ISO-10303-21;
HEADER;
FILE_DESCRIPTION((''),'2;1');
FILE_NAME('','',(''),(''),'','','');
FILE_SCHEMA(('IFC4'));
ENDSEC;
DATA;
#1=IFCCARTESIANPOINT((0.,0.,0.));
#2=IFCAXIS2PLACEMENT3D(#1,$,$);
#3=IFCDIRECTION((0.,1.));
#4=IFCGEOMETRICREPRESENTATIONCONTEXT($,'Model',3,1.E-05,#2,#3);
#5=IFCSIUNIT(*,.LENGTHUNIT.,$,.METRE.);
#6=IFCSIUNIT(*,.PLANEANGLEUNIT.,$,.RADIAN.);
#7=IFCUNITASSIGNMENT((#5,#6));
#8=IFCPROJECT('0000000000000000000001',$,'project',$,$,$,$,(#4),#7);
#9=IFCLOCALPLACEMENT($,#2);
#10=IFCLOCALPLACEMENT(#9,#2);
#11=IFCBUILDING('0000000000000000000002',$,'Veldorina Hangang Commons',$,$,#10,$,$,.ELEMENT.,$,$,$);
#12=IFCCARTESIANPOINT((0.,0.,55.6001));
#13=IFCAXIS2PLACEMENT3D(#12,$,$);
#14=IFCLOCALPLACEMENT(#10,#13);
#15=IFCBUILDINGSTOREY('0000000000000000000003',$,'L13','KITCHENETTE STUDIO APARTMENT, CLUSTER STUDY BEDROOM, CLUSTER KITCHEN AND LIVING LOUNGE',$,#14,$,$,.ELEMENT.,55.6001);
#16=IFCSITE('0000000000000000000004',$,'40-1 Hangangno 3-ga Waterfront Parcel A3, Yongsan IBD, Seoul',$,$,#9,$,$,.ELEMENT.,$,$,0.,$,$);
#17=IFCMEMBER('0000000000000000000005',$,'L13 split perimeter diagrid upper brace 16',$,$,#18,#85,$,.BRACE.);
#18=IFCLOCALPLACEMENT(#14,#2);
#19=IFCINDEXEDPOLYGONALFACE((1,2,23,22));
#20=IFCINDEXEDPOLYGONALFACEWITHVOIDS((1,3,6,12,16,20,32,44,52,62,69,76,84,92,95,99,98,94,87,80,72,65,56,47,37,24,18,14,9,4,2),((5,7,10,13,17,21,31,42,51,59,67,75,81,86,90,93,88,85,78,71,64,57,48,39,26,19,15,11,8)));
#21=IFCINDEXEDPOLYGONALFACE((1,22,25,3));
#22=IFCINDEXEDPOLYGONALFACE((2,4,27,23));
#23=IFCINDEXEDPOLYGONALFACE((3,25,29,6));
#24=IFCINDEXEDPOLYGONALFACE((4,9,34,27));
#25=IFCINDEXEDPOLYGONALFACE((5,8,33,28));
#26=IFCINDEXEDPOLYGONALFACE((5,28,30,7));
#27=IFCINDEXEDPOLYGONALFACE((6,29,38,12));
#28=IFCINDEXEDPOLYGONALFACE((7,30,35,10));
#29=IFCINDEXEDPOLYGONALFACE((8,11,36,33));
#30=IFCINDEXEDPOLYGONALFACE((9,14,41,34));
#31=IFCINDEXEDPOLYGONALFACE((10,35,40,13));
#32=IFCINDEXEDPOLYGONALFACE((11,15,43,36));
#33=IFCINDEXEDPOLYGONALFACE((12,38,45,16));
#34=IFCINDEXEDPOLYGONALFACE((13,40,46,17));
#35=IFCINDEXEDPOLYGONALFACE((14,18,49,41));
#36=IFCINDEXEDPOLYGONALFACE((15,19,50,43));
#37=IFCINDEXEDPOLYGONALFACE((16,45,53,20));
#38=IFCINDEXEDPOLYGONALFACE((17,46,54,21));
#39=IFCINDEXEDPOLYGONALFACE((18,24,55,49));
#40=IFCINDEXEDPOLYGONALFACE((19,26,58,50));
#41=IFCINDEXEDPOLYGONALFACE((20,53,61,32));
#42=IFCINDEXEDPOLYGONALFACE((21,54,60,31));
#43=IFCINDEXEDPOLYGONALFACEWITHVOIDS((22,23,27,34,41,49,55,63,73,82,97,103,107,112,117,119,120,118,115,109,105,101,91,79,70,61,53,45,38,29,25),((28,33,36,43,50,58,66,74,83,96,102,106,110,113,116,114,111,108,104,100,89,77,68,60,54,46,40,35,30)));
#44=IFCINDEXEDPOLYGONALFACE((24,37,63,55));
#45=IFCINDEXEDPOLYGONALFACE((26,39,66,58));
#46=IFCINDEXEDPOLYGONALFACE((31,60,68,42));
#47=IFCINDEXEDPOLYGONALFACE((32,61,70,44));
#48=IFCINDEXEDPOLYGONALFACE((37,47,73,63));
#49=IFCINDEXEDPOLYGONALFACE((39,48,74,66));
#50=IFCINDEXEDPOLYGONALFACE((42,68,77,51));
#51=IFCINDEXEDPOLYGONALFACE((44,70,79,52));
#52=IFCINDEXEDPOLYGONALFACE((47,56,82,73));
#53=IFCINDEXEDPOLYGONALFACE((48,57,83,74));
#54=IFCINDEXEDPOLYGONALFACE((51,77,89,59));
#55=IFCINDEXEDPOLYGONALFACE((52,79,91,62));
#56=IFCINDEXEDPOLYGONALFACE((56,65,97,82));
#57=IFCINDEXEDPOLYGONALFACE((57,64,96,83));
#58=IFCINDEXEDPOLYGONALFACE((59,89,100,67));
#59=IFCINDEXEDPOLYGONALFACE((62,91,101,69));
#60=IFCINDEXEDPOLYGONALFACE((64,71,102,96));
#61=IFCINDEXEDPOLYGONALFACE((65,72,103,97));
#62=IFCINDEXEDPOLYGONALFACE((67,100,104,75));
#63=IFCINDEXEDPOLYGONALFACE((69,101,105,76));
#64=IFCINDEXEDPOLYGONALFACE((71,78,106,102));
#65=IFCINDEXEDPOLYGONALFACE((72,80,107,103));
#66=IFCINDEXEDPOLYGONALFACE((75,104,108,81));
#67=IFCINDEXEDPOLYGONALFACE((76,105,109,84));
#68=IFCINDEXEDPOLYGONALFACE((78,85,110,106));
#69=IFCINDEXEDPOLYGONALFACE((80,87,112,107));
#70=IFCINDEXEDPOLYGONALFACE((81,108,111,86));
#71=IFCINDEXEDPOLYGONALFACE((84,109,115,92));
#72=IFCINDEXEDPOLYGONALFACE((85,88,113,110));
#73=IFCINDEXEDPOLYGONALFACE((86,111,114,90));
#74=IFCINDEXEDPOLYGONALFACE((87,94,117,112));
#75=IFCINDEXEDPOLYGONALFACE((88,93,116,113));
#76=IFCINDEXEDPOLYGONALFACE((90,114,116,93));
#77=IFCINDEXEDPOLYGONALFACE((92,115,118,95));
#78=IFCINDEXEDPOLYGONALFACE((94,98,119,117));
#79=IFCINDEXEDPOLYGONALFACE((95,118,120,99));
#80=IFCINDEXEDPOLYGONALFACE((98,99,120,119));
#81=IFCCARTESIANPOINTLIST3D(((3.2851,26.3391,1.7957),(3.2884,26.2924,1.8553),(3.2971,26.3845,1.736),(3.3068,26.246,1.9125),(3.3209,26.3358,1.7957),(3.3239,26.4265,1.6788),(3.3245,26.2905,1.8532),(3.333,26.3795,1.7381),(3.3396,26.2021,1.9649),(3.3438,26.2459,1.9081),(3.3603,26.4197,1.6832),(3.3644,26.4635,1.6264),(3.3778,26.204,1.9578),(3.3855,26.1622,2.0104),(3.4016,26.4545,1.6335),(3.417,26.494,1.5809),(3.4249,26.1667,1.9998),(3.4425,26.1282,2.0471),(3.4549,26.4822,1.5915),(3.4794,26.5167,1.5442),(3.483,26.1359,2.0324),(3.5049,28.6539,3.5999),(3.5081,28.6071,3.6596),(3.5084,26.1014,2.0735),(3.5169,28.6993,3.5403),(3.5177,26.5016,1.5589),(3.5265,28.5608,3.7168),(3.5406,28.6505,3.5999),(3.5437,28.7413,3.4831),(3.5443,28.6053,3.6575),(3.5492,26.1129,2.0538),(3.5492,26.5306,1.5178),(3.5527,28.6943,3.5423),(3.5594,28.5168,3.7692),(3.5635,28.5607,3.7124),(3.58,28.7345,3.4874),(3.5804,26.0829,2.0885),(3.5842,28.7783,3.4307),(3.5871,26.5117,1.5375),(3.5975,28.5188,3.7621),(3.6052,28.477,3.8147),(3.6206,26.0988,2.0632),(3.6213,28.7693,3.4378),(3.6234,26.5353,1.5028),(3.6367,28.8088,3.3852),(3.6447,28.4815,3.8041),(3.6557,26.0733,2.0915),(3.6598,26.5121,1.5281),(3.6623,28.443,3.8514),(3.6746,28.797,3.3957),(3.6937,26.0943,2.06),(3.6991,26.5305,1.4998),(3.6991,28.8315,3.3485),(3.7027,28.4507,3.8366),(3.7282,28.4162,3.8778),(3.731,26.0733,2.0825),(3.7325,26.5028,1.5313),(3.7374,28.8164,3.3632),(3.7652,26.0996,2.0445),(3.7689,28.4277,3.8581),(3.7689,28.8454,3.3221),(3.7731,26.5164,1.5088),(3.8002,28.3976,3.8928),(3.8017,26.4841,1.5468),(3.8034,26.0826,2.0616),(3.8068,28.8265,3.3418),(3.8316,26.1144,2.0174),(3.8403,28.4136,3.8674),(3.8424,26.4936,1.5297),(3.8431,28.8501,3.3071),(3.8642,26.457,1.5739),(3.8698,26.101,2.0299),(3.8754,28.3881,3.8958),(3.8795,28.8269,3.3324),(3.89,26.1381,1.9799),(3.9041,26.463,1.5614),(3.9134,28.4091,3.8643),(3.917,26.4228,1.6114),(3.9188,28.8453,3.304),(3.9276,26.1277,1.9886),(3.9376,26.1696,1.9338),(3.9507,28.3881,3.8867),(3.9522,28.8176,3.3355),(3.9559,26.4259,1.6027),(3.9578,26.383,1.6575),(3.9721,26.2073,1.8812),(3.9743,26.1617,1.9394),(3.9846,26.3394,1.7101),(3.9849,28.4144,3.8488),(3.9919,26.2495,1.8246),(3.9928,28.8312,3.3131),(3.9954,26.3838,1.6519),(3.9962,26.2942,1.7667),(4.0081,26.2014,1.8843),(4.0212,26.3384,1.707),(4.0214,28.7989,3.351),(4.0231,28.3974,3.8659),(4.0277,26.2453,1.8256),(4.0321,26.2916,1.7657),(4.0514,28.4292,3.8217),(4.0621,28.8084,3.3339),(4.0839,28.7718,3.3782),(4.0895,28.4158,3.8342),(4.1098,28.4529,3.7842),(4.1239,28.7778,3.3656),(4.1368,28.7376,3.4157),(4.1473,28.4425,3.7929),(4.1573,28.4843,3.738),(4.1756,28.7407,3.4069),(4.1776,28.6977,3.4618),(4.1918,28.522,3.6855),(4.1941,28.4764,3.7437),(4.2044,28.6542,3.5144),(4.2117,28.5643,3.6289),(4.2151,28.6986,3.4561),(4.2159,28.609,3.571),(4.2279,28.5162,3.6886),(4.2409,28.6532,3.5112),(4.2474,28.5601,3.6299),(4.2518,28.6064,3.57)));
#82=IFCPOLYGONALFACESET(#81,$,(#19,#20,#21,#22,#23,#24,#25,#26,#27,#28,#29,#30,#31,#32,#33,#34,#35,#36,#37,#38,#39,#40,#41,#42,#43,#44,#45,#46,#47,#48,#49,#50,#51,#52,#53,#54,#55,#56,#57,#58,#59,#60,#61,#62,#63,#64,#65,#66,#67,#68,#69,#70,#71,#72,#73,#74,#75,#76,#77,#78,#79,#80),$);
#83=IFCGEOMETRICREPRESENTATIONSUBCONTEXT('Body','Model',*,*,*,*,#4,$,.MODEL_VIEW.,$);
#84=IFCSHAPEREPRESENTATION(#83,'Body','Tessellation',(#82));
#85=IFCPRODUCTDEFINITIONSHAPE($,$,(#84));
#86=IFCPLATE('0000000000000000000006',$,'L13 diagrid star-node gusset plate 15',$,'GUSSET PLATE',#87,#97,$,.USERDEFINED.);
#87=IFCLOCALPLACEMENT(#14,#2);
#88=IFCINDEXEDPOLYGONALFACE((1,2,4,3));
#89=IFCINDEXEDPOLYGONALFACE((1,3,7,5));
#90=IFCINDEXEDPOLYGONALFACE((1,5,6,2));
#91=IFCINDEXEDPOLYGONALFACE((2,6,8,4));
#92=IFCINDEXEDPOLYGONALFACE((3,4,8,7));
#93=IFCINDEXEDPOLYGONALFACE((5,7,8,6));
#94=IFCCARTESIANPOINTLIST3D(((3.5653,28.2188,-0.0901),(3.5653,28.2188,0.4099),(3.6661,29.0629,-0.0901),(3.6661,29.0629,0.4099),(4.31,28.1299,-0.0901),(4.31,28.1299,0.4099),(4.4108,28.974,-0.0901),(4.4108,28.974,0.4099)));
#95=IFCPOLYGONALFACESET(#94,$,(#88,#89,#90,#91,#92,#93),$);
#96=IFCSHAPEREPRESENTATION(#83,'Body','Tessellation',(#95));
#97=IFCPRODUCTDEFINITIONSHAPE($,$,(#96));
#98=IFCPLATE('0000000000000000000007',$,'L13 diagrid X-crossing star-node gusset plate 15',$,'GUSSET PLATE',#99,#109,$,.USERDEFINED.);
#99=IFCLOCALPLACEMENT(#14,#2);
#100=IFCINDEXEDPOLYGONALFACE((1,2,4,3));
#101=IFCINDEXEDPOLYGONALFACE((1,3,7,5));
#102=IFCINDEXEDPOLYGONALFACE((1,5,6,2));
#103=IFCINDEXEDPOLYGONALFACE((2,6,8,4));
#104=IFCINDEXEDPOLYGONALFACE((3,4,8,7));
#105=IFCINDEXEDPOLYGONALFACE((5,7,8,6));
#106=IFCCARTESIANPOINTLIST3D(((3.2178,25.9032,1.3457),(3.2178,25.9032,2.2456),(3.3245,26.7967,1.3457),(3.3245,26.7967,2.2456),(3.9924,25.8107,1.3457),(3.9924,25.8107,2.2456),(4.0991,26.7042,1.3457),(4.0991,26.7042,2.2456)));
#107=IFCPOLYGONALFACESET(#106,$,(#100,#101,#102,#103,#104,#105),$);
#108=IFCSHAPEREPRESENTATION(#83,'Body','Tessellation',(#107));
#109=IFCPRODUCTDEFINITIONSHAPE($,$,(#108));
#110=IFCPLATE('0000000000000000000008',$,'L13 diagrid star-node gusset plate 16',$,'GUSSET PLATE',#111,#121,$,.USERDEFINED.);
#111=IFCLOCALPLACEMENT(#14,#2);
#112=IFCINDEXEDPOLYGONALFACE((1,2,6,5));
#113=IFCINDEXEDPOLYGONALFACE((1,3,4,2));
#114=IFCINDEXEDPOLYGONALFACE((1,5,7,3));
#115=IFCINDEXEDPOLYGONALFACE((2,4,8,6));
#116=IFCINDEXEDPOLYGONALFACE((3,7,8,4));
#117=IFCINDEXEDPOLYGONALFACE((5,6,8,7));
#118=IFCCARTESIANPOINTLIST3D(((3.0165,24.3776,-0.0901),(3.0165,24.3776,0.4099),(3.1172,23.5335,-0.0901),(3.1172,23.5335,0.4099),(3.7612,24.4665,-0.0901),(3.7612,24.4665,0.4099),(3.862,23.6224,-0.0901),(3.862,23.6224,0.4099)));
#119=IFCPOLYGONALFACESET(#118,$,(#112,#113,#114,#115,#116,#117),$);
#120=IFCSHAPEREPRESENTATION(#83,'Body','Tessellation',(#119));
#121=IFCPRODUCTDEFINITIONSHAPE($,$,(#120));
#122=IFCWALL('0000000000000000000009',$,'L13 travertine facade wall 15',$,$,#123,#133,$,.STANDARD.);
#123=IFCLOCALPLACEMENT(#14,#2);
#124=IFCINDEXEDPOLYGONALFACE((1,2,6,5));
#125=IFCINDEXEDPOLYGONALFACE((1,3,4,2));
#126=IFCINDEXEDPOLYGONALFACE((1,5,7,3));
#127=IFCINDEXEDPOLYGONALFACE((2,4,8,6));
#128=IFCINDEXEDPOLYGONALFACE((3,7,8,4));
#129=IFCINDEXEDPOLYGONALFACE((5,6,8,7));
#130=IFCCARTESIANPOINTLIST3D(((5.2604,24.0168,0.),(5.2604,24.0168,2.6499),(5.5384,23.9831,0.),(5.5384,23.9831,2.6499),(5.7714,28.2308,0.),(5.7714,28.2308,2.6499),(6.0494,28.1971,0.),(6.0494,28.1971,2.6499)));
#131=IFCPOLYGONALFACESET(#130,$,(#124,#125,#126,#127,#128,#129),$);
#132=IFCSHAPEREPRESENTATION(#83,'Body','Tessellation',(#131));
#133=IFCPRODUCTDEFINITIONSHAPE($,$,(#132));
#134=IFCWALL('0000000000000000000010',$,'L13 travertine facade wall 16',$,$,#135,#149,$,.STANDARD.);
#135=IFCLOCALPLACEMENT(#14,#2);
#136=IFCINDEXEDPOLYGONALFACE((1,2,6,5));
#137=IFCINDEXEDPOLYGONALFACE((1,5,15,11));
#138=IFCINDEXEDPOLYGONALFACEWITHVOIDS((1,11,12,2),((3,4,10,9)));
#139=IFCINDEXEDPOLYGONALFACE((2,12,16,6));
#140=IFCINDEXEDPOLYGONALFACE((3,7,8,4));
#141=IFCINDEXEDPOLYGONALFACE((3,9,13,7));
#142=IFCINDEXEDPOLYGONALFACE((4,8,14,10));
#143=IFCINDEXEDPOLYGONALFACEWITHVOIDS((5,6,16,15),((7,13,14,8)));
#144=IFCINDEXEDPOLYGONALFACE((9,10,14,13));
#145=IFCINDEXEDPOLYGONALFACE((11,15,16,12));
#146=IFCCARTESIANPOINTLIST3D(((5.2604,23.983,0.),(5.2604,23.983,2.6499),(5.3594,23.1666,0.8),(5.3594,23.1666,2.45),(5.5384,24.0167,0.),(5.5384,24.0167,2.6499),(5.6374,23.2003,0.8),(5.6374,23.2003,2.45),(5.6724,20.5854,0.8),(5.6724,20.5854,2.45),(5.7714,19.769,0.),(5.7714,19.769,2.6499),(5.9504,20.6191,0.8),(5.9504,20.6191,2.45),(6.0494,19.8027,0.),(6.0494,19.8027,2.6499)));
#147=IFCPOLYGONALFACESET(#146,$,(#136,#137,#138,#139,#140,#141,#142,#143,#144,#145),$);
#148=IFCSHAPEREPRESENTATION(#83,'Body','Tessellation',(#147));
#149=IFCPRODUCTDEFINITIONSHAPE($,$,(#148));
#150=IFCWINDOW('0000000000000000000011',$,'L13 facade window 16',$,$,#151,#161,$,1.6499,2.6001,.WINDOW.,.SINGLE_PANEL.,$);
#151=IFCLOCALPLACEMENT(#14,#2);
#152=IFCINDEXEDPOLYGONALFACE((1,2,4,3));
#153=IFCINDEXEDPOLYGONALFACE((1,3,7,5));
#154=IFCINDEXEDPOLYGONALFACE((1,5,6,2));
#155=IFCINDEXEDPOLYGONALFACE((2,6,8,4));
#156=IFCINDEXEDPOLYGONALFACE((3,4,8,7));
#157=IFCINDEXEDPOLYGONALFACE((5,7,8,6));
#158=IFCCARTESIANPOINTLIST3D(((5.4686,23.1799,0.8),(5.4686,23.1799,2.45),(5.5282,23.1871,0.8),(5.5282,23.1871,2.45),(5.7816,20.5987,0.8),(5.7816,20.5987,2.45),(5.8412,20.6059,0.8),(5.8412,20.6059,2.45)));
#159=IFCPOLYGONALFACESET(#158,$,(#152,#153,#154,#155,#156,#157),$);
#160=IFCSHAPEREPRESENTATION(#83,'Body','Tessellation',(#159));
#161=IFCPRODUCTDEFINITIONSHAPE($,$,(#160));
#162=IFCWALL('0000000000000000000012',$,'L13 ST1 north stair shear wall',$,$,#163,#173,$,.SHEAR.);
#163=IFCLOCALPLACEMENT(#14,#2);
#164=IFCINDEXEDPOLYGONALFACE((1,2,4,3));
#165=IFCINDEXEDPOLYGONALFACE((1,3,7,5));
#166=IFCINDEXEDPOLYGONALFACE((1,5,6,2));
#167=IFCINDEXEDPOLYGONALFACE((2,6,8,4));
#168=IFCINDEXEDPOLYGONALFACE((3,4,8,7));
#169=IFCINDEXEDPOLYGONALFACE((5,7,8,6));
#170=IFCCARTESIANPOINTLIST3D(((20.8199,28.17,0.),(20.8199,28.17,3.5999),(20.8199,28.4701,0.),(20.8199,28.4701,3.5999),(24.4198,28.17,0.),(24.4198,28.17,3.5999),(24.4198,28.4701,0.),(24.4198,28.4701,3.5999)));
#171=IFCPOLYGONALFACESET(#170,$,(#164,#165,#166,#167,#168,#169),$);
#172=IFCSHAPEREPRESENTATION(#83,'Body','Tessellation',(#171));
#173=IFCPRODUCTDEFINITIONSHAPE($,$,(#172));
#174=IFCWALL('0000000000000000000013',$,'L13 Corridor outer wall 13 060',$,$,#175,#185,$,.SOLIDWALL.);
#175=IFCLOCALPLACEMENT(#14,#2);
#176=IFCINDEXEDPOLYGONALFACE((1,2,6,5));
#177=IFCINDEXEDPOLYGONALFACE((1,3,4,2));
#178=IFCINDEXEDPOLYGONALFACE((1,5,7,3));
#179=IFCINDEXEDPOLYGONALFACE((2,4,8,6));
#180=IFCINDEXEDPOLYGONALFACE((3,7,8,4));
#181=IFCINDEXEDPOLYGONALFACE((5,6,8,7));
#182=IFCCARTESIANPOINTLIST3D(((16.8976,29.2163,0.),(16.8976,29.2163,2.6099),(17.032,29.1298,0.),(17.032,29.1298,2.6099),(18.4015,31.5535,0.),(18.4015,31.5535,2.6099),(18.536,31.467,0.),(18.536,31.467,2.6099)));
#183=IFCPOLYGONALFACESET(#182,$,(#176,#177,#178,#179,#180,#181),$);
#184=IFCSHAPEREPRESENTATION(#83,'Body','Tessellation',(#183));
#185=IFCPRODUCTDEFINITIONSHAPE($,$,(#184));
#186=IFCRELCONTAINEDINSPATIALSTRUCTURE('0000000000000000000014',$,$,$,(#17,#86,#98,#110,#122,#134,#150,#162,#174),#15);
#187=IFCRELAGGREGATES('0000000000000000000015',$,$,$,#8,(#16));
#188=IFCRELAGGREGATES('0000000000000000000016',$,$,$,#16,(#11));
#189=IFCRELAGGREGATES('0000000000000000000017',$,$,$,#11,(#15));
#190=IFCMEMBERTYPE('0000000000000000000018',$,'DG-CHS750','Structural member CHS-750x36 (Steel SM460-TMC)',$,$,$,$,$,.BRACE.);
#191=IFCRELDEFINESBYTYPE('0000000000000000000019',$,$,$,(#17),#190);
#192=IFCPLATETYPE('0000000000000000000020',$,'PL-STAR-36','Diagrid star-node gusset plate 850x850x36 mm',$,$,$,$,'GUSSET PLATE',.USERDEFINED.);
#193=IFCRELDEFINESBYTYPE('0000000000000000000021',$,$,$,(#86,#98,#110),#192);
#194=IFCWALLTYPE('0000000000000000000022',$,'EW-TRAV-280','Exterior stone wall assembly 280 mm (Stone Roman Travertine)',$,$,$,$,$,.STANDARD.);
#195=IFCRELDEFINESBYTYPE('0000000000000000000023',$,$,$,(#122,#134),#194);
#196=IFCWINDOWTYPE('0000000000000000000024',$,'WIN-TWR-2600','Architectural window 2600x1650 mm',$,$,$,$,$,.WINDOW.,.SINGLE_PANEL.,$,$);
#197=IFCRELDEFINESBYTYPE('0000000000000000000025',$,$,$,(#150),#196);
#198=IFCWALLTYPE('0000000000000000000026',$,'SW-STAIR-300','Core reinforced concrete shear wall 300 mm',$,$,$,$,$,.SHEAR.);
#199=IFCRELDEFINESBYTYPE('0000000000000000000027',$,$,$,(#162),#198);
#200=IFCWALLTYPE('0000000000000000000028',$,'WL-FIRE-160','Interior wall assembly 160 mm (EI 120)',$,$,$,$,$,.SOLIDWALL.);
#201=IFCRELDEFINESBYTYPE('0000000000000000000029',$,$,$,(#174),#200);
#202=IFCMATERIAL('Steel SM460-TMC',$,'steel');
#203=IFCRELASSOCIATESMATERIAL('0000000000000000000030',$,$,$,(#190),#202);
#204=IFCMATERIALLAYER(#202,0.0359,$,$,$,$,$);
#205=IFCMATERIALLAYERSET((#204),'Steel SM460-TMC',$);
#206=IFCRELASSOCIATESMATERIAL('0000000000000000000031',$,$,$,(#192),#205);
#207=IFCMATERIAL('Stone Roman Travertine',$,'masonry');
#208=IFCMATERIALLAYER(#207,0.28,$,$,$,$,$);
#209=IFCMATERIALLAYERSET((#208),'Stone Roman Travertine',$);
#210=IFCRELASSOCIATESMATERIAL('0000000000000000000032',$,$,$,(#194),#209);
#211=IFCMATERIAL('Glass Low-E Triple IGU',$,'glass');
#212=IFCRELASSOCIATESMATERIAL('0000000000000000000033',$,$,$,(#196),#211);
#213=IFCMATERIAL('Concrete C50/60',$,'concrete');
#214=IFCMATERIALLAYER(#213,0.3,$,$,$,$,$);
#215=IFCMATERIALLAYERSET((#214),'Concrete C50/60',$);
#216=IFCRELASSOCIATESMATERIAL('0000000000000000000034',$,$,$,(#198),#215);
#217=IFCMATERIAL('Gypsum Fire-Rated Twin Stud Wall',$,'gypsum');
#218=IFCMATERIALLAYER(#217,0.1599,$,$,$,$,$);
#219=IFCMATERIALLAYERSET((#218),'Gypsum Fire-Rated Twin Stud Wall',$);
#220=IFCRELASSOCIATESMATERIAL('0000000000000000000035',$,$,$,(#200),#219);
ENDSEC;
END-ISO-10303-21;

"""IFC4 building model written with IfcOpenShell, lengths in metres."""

from ifc_helpers import new_model, si_unit, direction, frame, frame_2d, origin, origin_2d, place, context, subcontext, project, spatial, rectangle, hollow_circle, extrude, material, layer, layer_set, material_profile, profile_set, type_object, element, fill, save


model = new_model("IFC4")

# Units and contexts
model_context = context("Model", 3, precision=1e-05, world=origin(), true_north=direction((0.0, 1.0)))
body_context = subcontext(model_context, "Body", "Model", "MODEL_VIEW")
ifc_project = project(units=[si_unit("LENGTHUNIT", "METRE"), si_unit("PLANEANGLEUNIT", "RADIAN")], contexts=[model_context])

# Site, building, storey
site_placement = place(None, origin())
site = spatial("IfcSite", under=ifc_project, at=site_placement, Name="40-1 Hangangno 3-ga Waterfront Parcel A3, Yongsan IBD, Seoul", CompositionType="ELEMENT", RefElevation=0.0)
building_placement = place(site_placement, origin())
building = spatial("IfcBuilding", under=site, at=building_placement, Name="Veldorina Hangang Commons", CompositionType="ELEMENT")
storey_placement = place(building_placement, frame((0.0, 0.0, 55.6001)))
storey = spatial("IfcBuildingStorey", under=building, at=storey_placement, Name="L13", Description="KITCHENETTE STUDIO APARTMENT, CLUSTER STUDY BEDROOM, CLUSTER KITCHEN AND LIVING LOUNGE", CompositionType="ELEMENT", Elevation=55.6001)

# Shared definitions
ifc_material_1 = material(Name="Steel SM460-TMC", Category="steel")

# Member
ifc_material_profile_1 = material_profile(ifc_material_1, hollow_circle(Radius=0.375, WallThickness=0.0359, at=origin_2d()), Name="CHS-750x36")
ifc_profile_set_1 = profile_set([ifc_material_profile_1], Name="Steel SM460-TMC")
member_type = type_object("IfcMemberType", Name="DG-CHS750", Description="Structural member CHS-750x36 (Steel SM460-TMC)", PredefinedType="BRACE", material=ifc_profile_set_1)
member_1_placement = place(storey_placement, frame((3.6584, 26.3037, 1.7957), z_axis=(0.074661, 0.78651, 0.613048), x_axis=(-0.995525, 0.094502, 0.0)))
element("IfcMember", 1, at=member_1_placement, inside=storey, type_object=member_type, Name="L13 split perimeter diagrid upper brace 16", PredefinedType="BRACE", context=body_context, shape_type="SweptSolid", body=[
    extrude(hollow_circle(Radius=0.375, WallThickness=0.0359, at=origin_2d()), origin(), (0.0, 0.0, 1.0), 2.9431),
])

# Plates
ifc_layer_1 = layer(ifc_material_1, 0.0359)
ifc_layer_set_1 = layer_set([ifc_layer_1], Name="Steel SM460-TMC")
plate_type = type_object("IfcPlateType", Name="PL-STAR-36", Description="Diagrid star-node gusset plate 850x850x36 mm", ElementType="GUSSET PLATE", PredefinedType="USERDEFINED", material=ifc_layer_set_1)
plate_1_placement = place(storey_placement, frame((3.988, 28.5964, -0.0901), z_axis=(0.0, 0.0, 1.0), x_axis=(-0.11856, -0.992947, 0.0)))
element("IfcPlate", 2, at=plate_1_placement, inside=storey, type_object=plate_type, Name="L13 diagrid star-node gusset plate 15", ObjectType="GUSSET PLATE", PredefinedType="USERDEFINED", context=body_context, shape_type="SweptSolid", body=[
    extrude(rectangle(XDim=0.8501, YDim=0.75, at=origin_2d()), origin(), (0.0, 0.0, 1.0), 0.5),
])
plate_2_placement = place(storey_placement, frame((3.6584, 26.3037, 1.3457), z_axis=(0.0, 0.0, 1.0), x_axis=(-0.11856, -0.992947, 0.0)))
element("IfcPlate", 3, at=plate_2_placement, inside=storey, type_object=plate_type, Name="L13 diagrid X-crossing star-node gusset plate 15", ObjectType="GUSSET PLATE", PredefinedType="USERDEFINED", context=body_context, shape_type="SweptSolid", body=[
    extrude(rectangle(XDim=0.8999, YDim=0.78, at=origin_2d()), origin(), (0.0, 0.0, 1.0), 0.8999),
])
plate_3_placement = place(storey_placement, frame((3.4392, 24.0, -0.0901), z_axis=(0.0, 0.0, 1.0), x_axis=(0.11856, -0.992947, 0.0)))
element("IfcPlate", 4, at=plate_3_placement, inside=storey, type_object=plate_type, Name="L13 diagrid star-node gusset plate 16", ObjectType="GUSSET PLATE", PredefinedType="USERDEFINED", context=body_context, shape_type="SweptSolid", body=[
    extrude(rectangle(XDim=0.8501, YDim=0.75, at=origin_2d()), origin(), (0.0, 0.0, 1.0), 0.5),
])

# Wall
ifc_material_2 = material(Name="Stone Roman Travertine", Category="masonry")
ifc_layer_2 = layer(ifc_material_2, 0.28)
ifc_layer_set_2 = layer_set([ifc_layer_2], Name="Stone Roman Travertine")
wall_type_1 = type_object("IfcWallType", Name="EW-TRAV-280", Description="Exterior stone wall assembly 280 mm (Stone Roman Travertine)", PredefinedType="STANDARD", material=ifc_layer_set_2)
wall_1_placement = place(storey_placement, frame((5.9104, 28.2141, 0.0), z_axis=(0.0, 0.0, 1.0), x_axis=(-0.120374, -0.992729, 0.0)))
element("IfcWall", 5, at=wall_1_placement, inside=storey, type_object=wall_type_1, Name="L13 travertine facade wall 15", PredefinedType="STANDARD", context=body_context, shape_type="SweptSolid", body=[
    extrude(rectangle(XDim=4.2449, YDim=0.28, at=frame_2d((2.1226, 0.0))), origin(), (0.0, 0.0, 1.0), 2.6499),
])

# Wall, opening, window
wall_2_placement = place(storey_placement, frame((5.3994, 24.0, 0.0), z_axis=(0.0, 0.0, 1.0), x_axis=(0.120374, -0.992729, 0.0)))
wall_2 = element("IfcWall", 6, at=wall_2_placement, inside=storey, type_object=wall_type_1, Name="L13 travertine facade wall 16", PredefinedType="STANDARD", context=body_context, shape_type="SweptSolid", body=[
    extrude(rectangle(XDim=4.2449, YDim=0.28, at=frame_2d((2.1226, 0.0))), origin(), (0.0, 0.0, 1.0), 2.6499),
])
opening_1_placement = place(wall_2_placement, frame((0.8225, 0.0, 0.8)))
opening_1 = element("IfcOpeningElement", 7, at=opening_1_placement, cuts=wall_2, PredefinedType="OPENING", context=body_context, shape_type="SweptSolid", body=[
    extrude(rectangle(XDim=2.6001, YDim=1.6499, at=frame_2d((1.3, 0.825))), frame((0.0, 0.1499, 0.0), z_axis=(0.0, -1.0, 0.0), x_axis=(1.0, 0.0, 0.0)), (0.0, 0.0, 1.0), 0.3),
])
ifc_material_3 = material(Name="Glass Low-E Triple IGU", Category="glass")
window_type = type_object("IfcWindowType", Name="WIN-TWR-2600", Description="Architectural window 2600x1650 mm", PartitioningType="SINGLE_PANEL", PredefinedType="WINDOW", material=ifc_material_3)
window_placement = place(opening_1_placement, origin())
window = element("IfcWindow", 8, at=window_placement, inside=storey, type_object=window_type, Name="L13 facade window 16", OverallHeight=1.6499, OverallWidth=2.6001, PartitioningType="SINGLE_PANEL", PredefinedType="WINDOW", context=body_context, shape_type="SweptSolid", body=[
    extrude(rectangle(XDim=2.6001, YDim=1.6499, at=frame_2d((1.3, 0.825))), frame((0.0, 0.03, 0.0), z_axis=(0.0, -1.0, 0.0), x_axis=(1.0, 0.0, 0.0)), (0.0, 0.0, 1.0), 0.0601),
])
fill(opening_1, window)

# Walls
ifc_material_4 = material(Name="Concrete C50/60", Category="concrete")
ifc_layer_3 = layer(ifc_material_4, 0.3)
ifc_layer_set_3 = layer_set([ifc_layer_3], Name="Concrete C50/60")
wall_type_2 = type_object("IfcWallType", Name="SW-STAIR-300", Description="Core reinforced concrete shear wall 300 mm", PredefinedType="SHEAR", material=ifc_layer_set_3)
wall_3_placement = place(storey_placement, frame((20.8201, 28.3201, 0.0), z_axis=(0.0, 0.0, 1.0), x_axis=(1.0, 0.0, 0.0)))
element("IfcWall", 9, at=wall_3_placement, inside=storey, type_object=wall_type_2, Name="L13 ST1 north stair shear wall", PredefinedType="SHEAR", context=body_context, shape_type="SweptSolid", body=[
    extrude(rectangle(XDim=3.5999, YDim=0.3, at=frame_2d((1.7998, 0.0))), origin(), (0.0, 0.0, 1.0), 3.5999),
])
ifc_material_5 = material(Name="Gypsum Fire-Rated Twin Stud Wall", Category="gypsum")
ifc_layer_4 = layer(ifc_material_5, 0.1599)
ifc_layer_set_4 = layer_set([ifc_layer_4], Name="Gypsum Fire-Rated Twin Stud Wall")
wall_type_3 = type_object("IfcWallType", Name="WL-FIRE-160", Description="Interior wall assembly 160 mm (EI 120)", PredefinedType="SOLIDWALL", material=ifc_layer_set_4)
wall_4_placement = place(storey_placement, frame((18.4688, 31.5103, 0.0), z_axis=(0.0, 0.0, 1.0), x_axis=(-0.541126, -0.840941, 0.0)))
element("IfcWall", 10, at=wall_4_placement, inside=storey, type_object=wall_type_3, Name="L13 Corridor outer wall 13 060", PredefinedType="SOLIDWALL", context=body_context, shape_type="SweptSolid", body=[
    extrude(rectangle(XDim=2.7793, YDim=0.1599, at=frame_2d((1.3896, 0.0))), origin(), (0.0, 0.0, 1.0), 2.6099),
])

save(model, "model.ifc")
